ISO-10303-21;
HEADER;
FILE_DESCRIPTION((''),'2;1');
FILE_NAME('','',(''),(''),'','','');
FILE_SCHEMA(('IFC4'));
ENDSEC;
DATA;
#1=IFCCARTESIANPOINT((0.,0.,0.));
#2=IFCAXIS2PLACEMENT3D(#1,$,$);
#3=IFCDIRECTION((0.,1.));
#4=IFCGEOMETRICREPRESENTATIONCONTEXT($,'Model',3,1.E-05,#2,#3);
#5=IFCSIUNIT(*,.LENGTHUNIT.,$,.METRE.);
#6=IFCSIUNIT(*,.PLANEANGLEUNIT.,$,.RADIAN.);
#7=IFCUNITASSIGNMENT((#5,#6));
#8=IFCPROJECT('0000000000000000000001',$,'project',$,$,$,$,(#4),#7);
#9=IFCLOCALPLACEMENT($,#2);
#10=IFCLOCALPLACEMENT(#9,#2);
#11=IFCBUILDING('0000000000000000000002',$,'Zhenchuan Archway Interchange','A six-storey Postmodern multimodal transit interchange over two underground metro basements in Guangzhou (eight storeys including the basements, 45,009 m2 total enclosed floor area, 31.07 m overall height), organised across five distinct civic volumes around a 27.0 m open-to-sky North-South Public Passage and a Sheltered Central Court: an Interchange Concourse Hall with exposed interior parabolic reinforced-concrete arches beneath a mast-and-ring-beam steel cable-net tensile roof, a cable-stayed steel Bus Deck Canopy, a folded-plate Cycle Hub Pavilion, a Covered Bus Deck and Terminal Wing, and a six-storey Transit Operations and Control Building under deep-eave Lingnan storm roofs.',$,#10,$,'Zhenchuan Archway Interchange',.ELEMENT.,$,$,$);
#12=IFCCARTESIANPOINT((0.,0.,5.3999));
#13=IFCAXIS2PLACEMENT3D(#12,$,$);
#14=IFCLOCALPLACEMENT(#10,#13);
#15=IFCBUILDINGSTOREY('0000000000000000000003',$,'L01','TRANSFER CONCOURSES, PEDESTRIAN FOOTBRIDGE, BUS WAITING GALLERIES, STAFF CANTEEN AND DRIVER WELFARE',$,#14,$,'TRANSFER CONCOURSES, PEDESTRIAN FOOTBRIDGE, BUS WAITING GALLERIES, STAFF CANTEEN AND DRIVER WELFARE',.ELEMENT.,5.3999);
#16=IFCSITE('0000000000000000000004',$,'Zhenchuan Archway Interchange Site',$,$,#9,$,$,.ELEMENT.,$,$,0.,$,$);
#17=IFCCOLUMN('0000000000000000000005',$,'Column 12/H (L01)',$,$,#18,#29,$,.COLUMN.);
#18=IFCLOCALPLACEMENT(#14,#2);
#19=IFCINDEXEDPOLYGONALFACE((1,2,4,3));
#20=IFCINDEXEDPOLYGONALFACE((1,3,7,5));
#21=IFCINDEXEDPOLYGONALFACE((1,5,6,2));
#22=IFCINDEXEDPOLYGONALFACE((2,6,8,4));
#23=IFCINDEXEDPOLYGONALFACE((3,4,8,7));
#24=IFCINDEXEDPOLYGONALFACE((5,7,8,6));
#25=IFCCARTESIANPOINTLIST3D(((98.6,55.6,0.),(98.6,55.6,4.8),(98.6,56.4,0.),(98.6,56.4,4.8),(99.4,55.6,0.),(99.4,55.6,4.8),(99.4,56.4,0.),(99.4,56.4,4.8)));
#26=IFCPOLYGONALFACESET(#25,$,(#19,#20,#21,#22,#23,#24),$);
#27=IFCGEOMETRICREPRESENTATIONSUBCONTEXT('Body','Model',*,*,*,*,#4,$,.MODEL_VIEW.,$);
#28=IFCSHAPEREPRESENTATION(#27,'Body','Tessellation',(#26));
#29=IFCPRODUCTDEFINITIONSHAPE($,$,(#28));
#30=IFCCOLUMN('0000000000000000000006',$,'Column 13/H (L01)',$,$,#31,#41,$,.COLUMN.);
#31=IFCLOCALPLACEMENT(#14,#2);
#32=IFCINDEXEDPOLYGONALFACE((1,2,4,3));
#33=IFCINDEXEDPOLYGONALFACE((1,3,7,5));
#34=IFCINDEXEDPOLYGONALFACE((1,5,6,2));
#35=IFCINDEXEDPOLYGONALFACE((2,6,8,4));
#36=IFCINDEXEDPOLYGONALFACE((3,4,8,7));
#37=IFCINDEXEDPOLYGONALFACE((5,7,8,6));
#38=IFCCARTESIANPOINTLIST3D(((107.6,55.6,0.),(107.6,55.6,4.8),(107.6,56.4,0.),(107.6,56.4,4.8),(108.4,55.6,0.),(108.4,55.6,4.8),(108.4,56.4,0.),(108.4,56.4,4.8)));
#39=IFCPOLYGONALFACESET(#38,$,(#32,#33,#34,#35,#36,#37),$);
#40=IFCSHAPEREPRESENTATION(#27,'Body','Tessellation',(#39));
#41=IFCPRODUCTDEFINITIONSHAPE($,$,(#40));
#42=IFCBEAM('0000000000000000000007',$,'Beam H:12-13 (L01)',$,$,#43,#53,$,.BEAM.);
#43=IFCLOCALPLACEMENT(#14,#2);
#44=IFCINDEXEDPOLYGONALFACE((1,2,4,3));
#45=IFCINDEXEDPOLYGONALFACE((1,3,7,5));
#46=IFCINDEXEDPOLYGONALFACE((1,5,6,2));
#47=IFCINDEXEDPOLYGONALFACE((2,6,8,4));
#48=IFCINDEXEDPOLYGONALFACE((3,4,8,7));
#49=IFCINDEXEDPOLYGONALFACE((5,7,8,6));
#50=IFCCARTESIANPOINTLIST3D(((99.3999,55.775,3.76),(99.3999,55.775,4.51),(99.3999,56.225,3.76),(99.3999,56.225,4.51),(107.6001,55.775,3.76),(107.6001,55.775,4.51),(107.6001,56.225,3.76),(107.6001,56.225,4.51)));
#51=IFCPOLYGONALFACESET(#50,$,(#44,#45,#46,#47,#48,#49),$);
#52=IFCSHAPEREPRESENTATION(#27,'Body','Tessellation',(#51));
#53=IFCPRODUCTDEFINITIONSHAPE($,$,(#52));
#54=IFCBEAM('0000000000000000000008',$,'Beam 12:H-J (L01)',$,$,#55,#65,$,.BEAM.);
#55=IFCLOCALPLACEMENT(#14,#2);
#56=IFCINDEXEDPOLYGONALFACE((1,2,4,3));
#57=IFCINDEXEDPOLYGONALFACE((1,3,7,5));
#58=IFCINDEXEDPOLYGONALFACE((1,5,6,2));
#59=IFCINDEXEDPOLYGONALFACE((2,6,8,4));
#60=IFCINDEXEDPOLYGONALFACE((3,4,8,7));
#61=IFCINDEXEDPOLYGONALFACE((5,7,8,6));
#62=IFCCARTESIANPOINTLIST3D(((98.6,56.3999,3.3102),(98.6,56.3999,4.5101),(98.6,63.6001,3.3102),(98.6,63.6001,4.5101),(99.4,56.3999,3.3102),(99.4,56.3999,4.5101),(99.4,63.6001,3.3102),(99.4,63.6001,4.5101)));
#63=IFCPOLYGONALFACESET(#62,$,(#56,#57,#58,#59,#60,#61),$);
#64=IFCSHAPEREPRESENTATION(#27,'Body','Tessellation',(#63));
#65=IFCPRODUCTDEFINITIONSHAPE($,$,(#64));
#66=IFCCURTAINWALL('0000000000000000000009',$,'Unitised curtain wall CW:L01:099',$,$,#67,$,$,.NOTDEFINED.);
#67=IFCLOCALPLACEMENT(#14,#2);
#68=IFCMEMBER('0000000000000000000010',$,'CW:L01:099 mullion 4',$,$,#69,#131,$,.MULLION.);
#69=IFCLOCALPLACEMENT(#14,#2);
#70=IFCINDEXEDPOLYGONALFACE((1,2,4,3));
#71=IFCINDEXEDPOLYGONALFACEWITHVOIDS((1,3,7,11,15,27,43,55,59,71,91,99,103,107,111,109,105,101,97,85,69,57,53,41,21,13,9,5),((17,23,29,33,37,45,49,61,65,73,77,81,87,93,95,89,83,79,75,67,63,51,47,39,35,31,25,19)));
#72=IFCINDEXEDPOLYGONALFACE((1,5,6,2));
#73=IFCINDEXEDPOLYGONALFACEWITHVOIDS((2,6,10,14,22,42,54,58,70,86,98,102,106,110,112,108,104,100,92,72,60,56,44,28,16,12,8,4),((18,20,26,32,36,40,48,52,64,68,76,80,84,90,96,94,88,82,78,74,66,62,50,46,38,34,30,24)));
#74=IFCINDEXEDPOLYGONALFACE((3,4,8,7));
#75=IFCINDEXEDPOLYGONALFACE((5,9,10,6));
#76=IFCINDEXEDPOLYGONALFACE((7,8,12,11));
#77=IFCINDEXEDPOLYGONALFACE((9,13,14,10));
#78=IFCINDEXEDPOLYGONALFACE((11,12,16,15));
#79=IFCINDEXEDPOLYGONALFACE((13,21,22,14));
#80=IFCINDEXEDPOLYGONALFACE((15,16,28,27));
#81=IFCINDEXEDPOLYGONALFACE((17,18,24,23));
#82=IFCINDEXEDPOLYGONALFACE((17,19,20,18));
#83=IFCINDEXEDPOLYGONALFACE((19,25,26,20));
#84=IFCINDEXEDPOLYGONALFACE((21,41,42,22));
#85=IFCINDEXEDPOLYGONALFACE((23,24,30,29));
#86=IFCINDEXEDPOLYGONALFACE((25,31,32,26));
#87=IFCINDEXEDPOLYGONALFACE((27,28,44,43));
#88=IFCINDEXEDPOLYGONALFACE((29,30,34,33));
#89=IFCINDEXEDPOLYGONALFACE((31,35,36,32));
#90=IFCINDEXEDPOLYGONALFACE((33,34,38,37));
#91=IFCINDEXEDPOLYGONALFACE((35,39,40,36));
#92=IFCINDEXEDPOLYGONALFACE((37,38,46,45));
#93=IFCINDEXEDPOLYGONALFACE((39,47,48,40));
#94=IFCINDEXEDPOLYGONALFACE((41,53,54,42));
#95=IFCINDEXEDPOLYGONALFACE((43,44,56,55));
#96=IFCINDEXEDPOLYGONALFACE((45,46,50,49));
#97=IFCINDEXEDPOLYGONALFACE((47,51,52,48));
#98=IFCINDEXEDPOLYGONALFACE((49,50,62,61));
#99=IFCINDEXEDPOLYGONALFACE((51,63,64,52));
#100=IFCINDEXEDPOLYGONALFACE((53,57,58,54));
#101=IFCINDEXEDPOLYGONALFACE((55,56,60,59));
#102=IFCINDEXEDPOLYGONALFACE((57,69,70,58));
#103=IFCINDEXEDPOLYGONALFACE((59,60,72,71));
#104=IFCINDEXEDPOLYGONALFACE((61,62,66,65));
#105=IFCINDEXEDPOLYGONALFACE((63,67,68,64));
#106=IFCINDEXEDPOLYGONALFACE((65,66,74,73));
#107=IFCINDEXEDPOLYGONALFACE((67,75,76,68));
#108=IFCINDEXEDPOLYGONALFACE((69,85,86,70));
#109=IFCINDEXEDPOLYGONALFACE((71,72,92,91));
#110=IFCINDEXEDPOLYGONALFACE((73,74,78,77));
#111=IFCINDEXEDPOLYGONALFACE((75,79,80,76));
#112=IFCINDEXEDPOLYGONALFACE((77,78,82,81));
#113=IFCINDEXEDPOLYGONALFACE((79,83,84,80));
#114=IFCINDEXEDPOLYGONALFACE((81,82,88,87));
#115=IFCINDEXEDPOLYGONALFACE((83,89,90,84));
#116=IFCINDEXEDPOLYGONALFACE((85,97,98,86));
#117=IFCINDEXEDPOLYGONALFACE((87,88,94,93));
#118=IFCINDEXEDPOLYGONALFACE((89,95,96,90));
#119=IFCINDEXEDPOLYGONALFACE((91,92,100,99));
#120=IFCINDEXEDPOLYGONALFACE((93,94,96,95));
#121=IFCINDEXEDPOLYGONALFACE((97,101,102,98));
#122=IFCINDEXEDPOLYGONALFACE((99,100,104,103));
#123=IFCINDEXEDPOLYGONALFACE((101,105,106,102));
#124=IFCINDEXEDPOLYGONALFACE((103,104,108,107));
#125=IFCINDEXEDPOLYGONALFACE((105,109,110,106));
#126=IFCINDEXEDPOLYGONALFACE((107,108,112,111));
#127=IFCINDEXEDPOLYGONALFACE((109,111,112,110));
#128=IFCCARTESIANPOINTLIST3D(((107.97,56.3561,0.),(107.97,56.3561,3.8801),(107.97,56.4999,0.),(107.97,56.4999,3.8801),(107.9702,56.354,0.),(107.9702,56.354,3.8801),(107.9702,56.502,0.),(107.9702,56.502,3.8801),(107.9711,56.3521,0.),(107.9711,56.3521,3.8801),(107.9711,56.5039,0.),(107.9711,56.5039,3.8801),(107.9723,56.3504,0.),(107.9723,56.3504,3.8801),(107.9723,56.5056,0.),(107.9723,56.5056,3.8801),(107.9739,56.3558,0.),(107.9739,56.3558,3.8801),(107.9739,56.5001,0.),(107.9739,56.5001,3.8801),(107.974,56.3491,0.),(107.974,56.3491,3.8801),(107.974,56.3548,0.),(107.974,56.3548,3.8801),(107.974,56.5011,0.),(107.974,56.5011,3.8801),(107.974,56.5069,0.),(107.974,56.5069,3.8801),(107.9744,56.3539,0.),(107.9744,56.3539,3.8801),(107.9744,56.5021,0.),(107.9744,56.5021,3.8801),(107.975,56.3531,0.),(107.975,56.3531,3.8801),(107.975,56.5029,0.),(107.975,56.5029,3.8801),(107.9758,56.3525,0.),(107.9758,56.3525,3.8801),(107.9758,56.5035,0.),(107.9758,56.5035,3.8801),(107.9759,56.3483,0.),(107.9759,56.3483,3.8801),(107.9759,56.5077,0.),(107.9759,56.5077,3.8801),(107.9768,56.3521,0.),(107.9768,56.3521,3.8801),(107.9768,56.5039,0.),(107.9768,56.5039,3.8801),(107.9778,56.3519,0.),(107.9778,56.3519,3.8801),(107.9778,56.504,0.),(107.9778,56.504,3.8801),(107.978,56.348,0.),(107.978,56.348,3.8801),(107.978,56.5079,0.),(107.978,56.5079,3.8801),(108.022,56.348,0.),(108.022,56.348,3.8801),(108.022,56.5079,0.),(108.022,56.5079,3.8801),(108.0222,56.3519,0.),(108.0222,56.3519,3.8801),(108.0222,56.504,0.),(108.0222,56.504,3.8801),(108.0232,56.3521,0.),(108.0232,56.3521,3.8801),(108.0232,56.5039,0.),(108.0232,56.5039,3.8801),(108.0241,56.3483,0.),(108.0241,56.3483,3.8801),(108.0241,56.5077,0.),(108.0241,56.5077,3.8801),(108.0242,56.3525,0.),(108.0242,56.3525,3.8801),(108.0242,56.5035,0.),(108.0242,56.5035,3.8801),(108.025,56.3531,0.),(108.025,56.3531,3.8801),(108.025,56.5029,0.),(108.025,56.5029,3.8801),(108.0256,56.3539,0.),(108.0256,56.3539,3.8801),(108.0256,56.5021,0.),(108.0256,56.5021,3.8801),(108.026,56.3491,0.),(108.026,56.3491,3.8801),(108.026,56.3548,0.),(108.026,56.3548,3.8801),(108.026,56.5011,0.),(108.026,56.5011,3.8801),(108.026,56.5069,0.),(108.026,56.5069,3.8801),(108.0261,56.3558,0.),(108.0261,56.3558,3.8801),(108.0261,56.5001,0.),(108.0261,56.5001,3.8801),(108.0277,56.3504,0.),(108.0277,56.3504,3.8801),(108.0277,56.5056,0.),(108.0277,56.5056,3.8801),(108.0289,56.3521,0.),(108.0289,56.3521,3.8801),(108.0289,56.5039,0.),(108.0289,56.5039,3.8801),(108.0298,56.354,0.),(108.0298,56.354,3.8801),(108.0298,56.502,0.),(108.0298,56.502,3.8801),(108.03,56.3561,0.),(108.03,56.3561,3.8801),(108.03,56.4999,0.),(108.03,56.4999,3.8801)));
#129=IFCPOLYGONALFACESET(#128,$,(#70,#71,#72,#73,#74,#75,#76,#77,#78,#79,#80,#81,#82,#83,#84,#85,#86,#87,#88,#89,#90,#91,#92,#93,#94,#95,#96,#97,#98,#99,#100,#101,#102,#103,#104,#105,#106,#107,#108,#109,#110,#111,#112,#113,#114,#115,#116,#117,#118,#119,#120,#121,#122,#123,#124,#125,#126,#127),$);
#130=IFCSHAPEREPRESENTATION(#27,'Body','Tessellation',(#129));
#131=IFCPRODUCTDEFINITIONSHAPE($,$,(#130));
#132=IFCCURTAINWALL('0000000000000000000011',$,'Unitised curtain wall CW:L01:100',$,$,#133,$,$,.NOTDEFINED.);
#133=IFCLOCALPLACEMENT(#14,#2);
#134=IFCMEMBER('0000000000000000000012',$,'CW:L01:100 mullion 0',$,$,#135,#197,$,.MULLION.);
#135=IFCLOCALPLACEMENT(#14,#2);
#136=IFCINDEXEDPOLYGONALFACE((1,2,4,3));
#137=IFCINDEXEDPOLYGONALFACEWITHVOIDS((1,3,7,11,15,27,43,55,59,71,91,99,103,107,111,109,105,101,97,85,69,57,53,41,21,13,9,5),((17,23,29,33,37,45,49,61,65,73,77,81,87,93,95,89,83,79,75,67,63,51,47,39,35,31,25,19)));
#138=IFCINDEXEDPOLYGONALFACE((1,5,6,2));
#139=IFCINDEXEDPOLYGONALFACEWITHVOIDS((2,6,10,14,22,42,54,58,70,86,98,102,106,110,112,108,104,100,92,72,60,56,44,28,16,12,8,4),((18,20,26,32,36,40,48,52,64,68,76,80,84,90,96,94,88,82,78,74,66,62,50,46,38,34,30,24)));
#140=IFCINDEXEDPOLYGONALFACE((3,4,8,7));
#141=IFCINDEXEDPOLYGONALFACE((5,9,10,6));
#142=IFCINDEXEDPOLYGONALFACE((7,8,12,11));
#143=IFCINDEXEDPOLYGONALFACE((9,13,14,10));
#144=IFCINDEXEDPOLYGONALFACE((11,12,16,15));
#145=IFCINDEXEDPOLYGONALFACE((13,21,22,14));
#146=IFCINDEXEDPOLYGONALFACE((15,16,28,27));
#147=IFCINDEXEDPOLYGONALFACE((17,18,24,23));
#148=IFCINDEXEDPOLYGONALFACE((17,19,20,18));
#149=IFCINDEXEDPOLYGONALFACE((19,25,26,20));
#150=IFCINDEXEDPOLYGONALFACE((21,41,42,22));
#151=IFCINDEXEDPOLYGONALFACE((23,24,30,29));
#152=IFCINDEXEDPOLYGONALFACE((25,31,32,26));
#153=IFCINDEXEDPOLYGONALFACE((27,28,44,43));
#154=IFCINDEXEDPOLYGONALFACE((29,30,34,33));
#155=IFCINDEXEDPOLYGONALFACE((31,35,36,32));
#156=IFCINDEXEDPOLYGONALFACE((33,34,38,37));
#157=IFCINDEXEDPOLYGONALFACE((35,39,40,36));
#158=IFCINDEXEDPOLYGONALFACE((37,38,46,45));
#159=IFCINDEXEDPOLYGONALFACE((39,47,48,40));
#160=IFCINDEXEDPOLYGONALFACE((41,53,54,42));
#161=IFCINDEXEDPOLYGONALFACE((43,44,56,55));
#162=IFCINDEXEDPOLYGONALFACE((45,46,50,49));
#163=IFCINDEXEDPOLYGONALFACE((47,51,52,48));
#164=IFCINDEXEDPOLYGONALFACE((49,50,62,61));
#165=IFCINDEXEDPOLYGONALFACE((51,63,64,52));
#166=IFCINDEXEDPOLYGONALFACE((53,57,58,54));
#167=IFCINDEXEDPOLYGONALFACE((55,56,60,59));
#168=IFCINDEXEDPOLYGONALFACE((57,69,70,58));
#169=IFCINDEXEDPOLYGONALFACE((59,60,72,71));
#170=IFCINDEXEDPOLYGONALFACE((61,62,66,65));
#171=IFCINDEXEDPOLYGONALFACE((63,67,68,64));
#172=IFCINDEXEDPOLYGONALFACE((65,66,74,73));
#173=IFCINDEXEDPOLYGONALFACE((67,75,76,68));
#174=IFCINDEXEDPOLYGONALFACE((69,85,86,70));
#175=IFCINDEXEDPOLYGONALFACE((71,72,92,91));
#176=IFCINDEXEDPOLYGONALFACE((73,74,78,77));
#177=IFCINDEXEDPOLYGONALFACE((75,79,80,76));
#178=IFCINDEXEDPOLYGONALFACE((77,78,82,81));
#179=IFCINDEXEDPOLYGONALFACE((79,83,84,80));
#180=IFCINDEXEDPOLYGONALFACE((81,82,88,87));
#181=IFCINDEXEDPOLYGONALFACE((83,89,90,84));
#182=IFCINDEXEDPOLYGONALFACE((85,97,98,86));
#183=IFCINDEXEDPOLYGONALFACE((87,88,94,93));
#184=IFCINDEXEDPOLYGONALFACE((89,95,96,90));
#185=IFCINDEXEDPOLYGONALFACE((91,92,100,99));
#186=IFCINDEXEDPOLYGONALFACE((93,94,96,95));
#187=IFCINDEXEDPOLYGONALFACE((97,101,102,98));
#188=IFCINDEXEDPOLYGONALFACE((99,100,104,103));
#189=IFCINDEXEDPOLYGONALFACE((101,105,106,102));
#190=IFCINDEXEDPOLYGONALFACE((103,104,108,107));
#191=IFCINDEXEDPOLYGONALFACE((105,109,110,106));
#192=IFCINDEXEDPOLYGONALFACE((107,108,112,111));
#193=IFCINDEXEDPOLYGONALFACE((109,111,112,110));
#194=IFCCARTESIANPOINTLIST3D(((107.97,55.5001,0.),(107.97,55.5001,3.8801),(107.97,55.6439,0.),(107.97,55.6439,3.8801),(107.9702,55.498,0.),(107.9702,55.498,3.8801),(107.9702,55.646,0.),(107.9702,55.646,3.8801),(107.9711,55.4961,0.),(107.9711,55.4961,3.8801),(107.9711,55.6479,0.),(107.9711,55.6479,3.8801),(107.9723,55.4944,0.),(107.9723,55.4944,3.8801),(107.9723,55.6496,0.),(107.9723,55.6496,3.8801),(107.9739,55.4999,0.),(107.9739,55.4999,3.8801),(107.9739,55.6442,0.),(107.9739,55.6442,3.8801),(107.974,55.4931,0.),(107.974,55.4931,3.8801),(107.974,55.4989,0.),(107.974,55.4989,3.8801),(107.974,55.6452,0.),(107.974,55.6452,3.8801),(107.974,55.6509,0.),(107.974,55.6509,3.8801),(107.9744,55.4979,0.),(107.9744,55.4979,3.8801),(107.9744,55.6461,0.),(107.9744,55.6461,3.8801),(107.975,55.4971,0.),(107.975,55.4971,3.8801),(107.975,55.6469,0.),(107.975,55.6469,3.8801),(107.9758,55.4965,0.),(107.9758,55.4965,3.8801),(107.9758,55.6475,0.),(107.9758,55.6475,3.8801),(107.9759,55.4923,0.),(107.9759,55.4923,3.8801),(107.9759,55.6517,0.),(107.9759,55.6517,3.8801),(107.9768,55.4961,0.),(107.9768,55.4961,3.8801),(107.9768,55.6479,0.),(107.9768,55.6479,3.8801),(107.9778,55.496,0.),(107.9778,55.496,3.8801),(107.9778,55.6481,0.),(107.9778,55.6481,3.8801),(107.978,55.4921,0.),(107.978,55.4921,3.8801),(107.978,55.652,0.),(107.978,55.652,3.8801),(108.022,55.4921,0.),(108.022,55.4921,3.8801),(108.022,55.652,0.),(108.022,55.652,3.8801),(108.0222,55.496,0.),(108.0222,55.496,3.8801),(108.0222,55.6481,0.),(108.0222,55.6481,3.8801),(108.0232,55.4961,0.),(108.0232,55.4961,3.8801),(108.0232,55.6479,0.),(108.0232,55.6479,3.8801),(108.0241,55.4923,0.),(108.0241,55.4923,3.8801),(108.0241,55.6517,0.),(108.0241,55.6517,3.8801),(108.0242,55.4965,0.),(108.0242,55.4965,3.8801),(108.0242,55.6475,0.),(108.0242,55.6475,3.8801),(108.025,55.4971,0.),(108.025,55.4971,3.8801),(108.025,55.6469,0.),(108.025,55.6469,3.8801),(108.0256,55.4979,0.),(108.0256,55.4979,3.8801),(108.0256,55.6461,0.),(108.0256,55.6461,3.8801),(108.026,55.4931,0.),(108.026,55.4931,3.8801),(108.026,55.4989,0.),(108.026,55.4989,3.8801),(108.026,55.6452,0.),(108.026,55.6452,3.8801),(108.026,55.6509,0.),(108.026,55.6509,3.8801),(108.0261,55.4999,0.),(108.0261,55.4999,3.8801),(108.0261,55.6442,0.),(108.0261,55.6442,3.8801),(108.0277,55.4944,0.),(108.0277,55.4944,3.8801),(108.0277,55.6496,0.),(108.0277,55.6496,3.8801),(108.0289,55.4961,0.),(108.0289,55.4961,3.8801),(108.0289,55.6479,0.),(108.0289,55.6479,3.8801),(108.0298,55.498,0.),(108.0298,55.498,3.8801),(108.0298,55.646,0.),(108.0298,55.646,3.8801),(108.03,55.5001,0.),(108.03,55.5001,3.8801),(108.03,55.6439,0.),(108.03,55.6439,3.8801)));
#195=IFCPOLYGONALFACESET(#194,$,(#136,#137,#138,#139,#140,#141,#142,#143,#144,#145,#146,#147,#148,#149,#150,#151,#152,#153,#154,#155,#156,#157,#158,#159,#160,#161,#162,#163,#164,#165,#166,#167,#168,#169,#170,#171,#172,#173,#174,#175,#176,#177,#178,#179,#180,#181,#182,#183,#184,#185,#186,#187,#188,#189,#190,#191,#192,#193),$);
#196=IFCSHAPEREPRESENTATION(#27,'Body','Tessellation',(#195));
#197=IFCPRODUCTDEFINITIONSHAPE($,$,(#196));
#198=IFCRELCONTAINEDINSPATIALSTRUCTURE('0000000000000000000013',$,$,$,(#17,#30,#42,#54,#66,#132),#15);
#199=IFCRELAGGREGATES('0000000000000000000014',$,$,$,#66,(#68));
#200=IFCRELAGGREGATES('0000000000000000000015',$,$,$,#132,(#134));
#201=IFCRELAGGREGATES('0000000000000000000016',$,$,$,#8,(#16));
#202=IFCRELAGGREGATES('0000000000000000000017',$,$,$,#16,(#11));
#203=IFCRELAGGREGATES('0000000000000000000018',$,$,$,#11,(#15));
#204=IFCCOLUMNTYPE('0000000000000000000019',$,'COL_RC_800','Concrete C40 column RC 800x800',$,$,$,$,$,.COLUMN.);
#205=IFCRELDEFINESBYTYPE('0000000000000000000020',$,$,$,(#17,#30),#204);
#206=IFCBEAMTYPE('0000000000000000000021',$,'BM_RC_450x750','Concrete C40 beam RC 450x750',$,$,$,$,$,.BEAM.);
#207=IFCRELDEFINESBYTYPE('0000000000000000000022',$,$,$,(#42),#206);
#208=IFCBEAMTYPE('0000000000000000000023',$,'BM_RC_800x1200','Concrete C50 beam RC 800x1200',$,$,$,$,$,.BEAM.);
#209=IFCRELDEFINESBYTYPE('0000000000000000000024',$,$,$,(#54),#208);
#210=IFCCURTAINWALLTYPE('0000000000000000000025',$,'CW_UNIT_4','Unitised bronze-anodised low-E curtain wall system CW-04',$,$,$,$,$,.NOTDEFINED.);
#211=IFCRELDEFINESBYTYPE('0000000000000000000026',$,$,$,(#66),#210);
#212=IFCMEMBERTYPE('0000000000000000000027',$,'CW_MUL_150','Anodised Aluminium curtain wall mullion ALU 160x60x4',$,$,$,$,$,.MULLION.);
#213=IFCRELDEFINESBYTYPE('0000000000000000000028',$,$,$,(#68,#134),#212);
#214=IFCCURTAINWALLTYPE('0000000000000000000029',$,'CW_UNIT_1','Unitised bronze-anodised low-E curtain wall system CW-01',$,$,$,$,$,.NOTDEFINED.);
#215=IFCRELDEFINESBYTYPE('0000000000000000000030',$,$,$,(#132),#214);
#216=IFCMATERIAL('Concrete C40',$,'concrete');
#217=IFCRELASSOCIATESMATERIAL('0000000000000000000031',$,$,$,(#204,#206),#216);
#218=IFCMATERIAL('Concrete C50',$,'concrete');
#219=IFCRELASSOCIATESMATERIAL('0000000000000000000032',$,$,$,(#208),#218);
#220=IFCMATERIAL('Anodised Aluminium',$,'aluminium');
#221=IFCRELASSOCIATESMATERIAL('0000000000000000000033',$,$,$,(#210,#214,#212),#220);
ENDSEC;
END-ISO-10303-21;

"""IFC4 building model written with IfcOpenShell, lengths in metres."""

from ifc_helpers import new_model, si_unit, direction, frame, origin, origin_2d, place, context, subcontext, project, spatial, rectangle, hollow_rectangle, extrude, material, material_profile, profile_set, type_object, element, aggregate, save


model = new_model("IFC4")

# Units and contexts
model_context = context("Model", 3, precision=1e-05, world=origin(), true_north=direction((0.0, 1.0)))
body_context = subcontext(model_context, "Body", "Model", "MODEL_VIEW")
ifc_project = project(units=[si_unit("LENGTHUNIT", "METRE"), si_unit("PLANEANGLEUNIT", "RADIAN")], contexts=[model_context])

# Site, building, storey
site_placement = place(None, origin())
site = spatial("IfcSite", under=ifc_project, at=site_placement, Name="Zhenchuan Archway Interchange Site", CompositionType="ELEMENT", RefElevation=0.0)
building_placement = place(site_placement, origin())
building = spatial("IfcBuilding", under=site, at=building_placement, Name="Zhenchuan Archway Interchange", Description="A six-storey Postmodern multimodal transit interchange over two underground metro basements in Guangzhou (eight storeys including the basements, 45,009 m2 total enclosed floor area, 31.07 m overall height), organised across five distinct civic volumes around a 27.0 m open-to-sky North-South Public Passage and a Sheltered Central Court: an Interchange Concourse Hall with exposed interior parabolic reinforced-concrete arches beneath a mast-and-ring-beam steel cable-net tensile roof, a cable-stayed steel Bus Deck Canopy, a folded-plate Cycle Hub Pavilion, a Covered Bus Deck and Terminal Wing, and a six-storey Transit Operations and Control Building under deep-eave Lingnan storm roofs.", LongName="Zhenchuan Archway Interchange", CompositionType="ELEMENT")
storey_placement = place(building_placement, frame((0.0, 0.0, 5.3999)))
storey = spatial("IfcBuildingStorey", under=building, at=storey_placement, Name="L01", Description="TRANSFER CONCOURSES, PEDESTRIAN FOOTBRIDGE, BUS WAITING GALLERIES, STAFF CANTEEN AND DRIVER WELFARE", LongName="TRANSFER CONCOURSES, PEDESTRIAN FOOTBRIDGE, BUS WAITING GALLERIES, STAFF CANTEEN AND DRIVER WELFARE", CompositionType="ELEMENT", Elevation=5.3999)

# Columns
ifc_material_1 = material(Name="Concrete C40", Category="concrete")
ifc_material_profile_1 = material_profile(ifc_material_1, rectangle(XDim=0.8, YDim=0.8, at=origin_2d()), Name="RC 800x800")
ifc_profile_set_1 = profile_set([ifc_material_profile_1], Name="Concrete C40")
column_type = type_object("IfcColumnType", Name="COL_RC_800", Description="Concrete C40 column RC 800x800", PredefinedType="COLUMN", material=ifc_profile_set_1)
for number, where, z_axis, x_axis, name in (
    (1, (99.0, 56.0, 0.0), (0.0, 0.0, 1.0), (1.0, 0.0, 0.0), "Column 12/H (L01)"),
    (2, (108.0, 56.0, 0.0), (0.0, 0.0, 1.0), (1.0, 0.0, 0.0), "Column 13/H (L01)"),
):
    element("IfcColumn", number, at=place(storey_placement, frame(where, z_axis=z_axis, x_axis=x_axis)), inside=storey, type_object=column_type, Name=name, PredefinedType="COLUMN", context=body_context, shape_type="SweptSolid", body=[
        extrude(rectangle(XDim=0.8, YDim=0.8, at=origin_2d()), origin(), (0.0, 0.0, 1.0), 4.8),
    ])

# Beams
ifc_material_profile_2 = material_profile(ifc_material_1, rectangle(XDim=0.45, YDim=0.75, at=origin_2d()), Name="RC 450x750")
ifc_profile_set_2 = profile_set([ifc_material_profile_2], Name="Concrete C40")
beam_type_1 = type_object("IfcBeamType", Name="BM_RC_450x750", Description="Concrete C40 beam RC 450x750", PredefinedType="BEAM", material=ifc_profile_set_2)
beam_1_placement = place(storey_placement, frame((99.3999, 56.0, 4.135), z_axis=(1.0, 0.0, 0.0), x_axis=(0.0, 1.0, 0.0)))
element("IfcBeam", 3, at=beam_1_placement, inside=storey, type_object=beam_type_1, Name="Beam H:12-13 (L01)", PredefinedType="BEAM", context=body_context, shape_type="SweptSolid", body=[
    extrude(rectangle(XDim=0.45, YDim=0.75, at=origin_2d()), origin(), (0.0, 0.0, 1.0), 8.2002),
])
ifc_material_2 = material(Name="Concrete C50", Category="concrete")
ifc_material_profile_3 = material_profile(ifc_material_2, rectangle(XDim=0.8, YDim=1.2, at=origin_2d()), Name="RC 800x1200")
ifc_profile_set_3 = profile_set([ifc_material_profile_3], Name="Concrete C50")
beam_type_2 = type_object("IfcBeamType", Name="BM_RC_800x1200", Description="Concrete C50 beam RC 800x1200", PredefinedType="BEAM", material=ifc_profile_set_3)
beam_2_placement = place(storey_placement, frame((99.0, 56.3999, 3.9102), z_axis=(0.0, 1.0, 0.0), x_axis=(-1.0, 0.0, 0.0)))
element("IfcBeam", 4, at=beam_2_placement, inside=storey, type_object=beam_type_2, Name="Beam 12:H-J (L01)", PredefinedType="BEAM", context=body_context, shape_type="SweptSolid", body=[
    extrude(rectangle(XDim=0.8, YDim=1.2, at=origin_2d()), origin(), (0.0, 0.0, 1.0), 7.2002),
])

# Curtain wall, member
ifc_material_3 = material(Name="Anodised Aluminium", Category="aluminium")
curtain_wall_type_1 = type_object("IfcCurtainWallType", Name="CW_UNIT_4", Description="Unitised bronze-anodised low-E curtain wall system CW-04", PredefinedType="NOTDEFINED", material=ifc_material_3)
curtain_wall_1_placement = place(storey_placement, origin())
curtain_wall_1 = element("IfcCurtainWall", 5, at=curtain_wall_1_placement, inside=storey, type_object=curtain_wall_type_1, Name="Unitised curtain wall CW:L01:099", PredefinedType="NOTDEFINED")
ifc_material_profile_4 = material_profile(ifc_material_3, hollow_rectangle(XDim=0.0601, YDim=0.1599, WallThickness=0.0039, InnerFilletRadius=0.0039, OuterFilletRadius=0.0081, at=origin_2d()), Name="ALU 160x60x4")
ifc_profile_set_4 = profile_set([ifc_material_profile_4], Name="Anodised Aluminium")
member_type_1 = type_object("IfcMemberType", Name="CW_MUL_150", Description="Anodised Aluminium curtain wall mullion ALU 160x60x4", PredefinedType="MULLION", material=ifc_profile_set_4)
member_1_placement = place(storey_placement, frame((108.0, 56.428, 0.0), z_axis=(0.0, 0.0, 1.0), x_axis=(1.0, 0.0, 0.0)))
member_1 = element("IfcMember", 6, at=member_1_placement, type_object=member_type_1, Name="CW:L01:099 mullion 4", PredefinedType="MULLION", context=body_context, shape_type="SweptSolid", body=[
    extrude(hollow_rectangle(XDim=0.0601, YDim=0.1599, WallThickness=0.0039, InnerFilletRadius=0.0039, OuterFilletRadius=0.0081, at=origin_2d()), origin(), (0.0, 0.0, 1.0), 3.8801),
])

# Curtain wall, member
curtain_wall_type_2 = type_object("IfcCurtainWallType", Name="CW_UNIT_1", Description="Unitised bronze-anodised low-E curtain wall system CW-01", PredefinedType="NOTDEFINED", material=ifc_material_3)
curtain_wall_2_placement = place(storey_placement, origin())
curtain_wall_2 = element("IfcCurtainWall", 7, at=curtain_wall_2_placement, inside=storey, type_object=curtain_wall_type_2, Name="Unitised curtain wall CW:L01:100", PredefinedType="NOTDEFINED")
member_2_placement = place(storey_placement, frame((108.0, 55.572, 0.0), z_axis=(0.0, 0.0, 1.0), x_axis=(1.0, 0.0, 0.0)))
member_2 = element("IfcMember", 8, at=member_2_placement, type_object=member_type_1, Name="CW:L01:100 mullion 0", PredefinedType="MULLION", context=body_context, shape_type="SweptSolid", body=[
    extrude(hollow_rectangle(XDim=0.0601, YDim=0.1599, WallThickness=0.0039, InnerFilletRadius=0.0039, OuterFilletRadius=0.0081, at=origin_2d()), origin(), (0.0, 0.0, 1.0), 3.8801),
])

aggregate(curtain_wall_1, [member_1])
aggregate(curtain_wall_2, [member_2])

save(model, "model.ifc")
